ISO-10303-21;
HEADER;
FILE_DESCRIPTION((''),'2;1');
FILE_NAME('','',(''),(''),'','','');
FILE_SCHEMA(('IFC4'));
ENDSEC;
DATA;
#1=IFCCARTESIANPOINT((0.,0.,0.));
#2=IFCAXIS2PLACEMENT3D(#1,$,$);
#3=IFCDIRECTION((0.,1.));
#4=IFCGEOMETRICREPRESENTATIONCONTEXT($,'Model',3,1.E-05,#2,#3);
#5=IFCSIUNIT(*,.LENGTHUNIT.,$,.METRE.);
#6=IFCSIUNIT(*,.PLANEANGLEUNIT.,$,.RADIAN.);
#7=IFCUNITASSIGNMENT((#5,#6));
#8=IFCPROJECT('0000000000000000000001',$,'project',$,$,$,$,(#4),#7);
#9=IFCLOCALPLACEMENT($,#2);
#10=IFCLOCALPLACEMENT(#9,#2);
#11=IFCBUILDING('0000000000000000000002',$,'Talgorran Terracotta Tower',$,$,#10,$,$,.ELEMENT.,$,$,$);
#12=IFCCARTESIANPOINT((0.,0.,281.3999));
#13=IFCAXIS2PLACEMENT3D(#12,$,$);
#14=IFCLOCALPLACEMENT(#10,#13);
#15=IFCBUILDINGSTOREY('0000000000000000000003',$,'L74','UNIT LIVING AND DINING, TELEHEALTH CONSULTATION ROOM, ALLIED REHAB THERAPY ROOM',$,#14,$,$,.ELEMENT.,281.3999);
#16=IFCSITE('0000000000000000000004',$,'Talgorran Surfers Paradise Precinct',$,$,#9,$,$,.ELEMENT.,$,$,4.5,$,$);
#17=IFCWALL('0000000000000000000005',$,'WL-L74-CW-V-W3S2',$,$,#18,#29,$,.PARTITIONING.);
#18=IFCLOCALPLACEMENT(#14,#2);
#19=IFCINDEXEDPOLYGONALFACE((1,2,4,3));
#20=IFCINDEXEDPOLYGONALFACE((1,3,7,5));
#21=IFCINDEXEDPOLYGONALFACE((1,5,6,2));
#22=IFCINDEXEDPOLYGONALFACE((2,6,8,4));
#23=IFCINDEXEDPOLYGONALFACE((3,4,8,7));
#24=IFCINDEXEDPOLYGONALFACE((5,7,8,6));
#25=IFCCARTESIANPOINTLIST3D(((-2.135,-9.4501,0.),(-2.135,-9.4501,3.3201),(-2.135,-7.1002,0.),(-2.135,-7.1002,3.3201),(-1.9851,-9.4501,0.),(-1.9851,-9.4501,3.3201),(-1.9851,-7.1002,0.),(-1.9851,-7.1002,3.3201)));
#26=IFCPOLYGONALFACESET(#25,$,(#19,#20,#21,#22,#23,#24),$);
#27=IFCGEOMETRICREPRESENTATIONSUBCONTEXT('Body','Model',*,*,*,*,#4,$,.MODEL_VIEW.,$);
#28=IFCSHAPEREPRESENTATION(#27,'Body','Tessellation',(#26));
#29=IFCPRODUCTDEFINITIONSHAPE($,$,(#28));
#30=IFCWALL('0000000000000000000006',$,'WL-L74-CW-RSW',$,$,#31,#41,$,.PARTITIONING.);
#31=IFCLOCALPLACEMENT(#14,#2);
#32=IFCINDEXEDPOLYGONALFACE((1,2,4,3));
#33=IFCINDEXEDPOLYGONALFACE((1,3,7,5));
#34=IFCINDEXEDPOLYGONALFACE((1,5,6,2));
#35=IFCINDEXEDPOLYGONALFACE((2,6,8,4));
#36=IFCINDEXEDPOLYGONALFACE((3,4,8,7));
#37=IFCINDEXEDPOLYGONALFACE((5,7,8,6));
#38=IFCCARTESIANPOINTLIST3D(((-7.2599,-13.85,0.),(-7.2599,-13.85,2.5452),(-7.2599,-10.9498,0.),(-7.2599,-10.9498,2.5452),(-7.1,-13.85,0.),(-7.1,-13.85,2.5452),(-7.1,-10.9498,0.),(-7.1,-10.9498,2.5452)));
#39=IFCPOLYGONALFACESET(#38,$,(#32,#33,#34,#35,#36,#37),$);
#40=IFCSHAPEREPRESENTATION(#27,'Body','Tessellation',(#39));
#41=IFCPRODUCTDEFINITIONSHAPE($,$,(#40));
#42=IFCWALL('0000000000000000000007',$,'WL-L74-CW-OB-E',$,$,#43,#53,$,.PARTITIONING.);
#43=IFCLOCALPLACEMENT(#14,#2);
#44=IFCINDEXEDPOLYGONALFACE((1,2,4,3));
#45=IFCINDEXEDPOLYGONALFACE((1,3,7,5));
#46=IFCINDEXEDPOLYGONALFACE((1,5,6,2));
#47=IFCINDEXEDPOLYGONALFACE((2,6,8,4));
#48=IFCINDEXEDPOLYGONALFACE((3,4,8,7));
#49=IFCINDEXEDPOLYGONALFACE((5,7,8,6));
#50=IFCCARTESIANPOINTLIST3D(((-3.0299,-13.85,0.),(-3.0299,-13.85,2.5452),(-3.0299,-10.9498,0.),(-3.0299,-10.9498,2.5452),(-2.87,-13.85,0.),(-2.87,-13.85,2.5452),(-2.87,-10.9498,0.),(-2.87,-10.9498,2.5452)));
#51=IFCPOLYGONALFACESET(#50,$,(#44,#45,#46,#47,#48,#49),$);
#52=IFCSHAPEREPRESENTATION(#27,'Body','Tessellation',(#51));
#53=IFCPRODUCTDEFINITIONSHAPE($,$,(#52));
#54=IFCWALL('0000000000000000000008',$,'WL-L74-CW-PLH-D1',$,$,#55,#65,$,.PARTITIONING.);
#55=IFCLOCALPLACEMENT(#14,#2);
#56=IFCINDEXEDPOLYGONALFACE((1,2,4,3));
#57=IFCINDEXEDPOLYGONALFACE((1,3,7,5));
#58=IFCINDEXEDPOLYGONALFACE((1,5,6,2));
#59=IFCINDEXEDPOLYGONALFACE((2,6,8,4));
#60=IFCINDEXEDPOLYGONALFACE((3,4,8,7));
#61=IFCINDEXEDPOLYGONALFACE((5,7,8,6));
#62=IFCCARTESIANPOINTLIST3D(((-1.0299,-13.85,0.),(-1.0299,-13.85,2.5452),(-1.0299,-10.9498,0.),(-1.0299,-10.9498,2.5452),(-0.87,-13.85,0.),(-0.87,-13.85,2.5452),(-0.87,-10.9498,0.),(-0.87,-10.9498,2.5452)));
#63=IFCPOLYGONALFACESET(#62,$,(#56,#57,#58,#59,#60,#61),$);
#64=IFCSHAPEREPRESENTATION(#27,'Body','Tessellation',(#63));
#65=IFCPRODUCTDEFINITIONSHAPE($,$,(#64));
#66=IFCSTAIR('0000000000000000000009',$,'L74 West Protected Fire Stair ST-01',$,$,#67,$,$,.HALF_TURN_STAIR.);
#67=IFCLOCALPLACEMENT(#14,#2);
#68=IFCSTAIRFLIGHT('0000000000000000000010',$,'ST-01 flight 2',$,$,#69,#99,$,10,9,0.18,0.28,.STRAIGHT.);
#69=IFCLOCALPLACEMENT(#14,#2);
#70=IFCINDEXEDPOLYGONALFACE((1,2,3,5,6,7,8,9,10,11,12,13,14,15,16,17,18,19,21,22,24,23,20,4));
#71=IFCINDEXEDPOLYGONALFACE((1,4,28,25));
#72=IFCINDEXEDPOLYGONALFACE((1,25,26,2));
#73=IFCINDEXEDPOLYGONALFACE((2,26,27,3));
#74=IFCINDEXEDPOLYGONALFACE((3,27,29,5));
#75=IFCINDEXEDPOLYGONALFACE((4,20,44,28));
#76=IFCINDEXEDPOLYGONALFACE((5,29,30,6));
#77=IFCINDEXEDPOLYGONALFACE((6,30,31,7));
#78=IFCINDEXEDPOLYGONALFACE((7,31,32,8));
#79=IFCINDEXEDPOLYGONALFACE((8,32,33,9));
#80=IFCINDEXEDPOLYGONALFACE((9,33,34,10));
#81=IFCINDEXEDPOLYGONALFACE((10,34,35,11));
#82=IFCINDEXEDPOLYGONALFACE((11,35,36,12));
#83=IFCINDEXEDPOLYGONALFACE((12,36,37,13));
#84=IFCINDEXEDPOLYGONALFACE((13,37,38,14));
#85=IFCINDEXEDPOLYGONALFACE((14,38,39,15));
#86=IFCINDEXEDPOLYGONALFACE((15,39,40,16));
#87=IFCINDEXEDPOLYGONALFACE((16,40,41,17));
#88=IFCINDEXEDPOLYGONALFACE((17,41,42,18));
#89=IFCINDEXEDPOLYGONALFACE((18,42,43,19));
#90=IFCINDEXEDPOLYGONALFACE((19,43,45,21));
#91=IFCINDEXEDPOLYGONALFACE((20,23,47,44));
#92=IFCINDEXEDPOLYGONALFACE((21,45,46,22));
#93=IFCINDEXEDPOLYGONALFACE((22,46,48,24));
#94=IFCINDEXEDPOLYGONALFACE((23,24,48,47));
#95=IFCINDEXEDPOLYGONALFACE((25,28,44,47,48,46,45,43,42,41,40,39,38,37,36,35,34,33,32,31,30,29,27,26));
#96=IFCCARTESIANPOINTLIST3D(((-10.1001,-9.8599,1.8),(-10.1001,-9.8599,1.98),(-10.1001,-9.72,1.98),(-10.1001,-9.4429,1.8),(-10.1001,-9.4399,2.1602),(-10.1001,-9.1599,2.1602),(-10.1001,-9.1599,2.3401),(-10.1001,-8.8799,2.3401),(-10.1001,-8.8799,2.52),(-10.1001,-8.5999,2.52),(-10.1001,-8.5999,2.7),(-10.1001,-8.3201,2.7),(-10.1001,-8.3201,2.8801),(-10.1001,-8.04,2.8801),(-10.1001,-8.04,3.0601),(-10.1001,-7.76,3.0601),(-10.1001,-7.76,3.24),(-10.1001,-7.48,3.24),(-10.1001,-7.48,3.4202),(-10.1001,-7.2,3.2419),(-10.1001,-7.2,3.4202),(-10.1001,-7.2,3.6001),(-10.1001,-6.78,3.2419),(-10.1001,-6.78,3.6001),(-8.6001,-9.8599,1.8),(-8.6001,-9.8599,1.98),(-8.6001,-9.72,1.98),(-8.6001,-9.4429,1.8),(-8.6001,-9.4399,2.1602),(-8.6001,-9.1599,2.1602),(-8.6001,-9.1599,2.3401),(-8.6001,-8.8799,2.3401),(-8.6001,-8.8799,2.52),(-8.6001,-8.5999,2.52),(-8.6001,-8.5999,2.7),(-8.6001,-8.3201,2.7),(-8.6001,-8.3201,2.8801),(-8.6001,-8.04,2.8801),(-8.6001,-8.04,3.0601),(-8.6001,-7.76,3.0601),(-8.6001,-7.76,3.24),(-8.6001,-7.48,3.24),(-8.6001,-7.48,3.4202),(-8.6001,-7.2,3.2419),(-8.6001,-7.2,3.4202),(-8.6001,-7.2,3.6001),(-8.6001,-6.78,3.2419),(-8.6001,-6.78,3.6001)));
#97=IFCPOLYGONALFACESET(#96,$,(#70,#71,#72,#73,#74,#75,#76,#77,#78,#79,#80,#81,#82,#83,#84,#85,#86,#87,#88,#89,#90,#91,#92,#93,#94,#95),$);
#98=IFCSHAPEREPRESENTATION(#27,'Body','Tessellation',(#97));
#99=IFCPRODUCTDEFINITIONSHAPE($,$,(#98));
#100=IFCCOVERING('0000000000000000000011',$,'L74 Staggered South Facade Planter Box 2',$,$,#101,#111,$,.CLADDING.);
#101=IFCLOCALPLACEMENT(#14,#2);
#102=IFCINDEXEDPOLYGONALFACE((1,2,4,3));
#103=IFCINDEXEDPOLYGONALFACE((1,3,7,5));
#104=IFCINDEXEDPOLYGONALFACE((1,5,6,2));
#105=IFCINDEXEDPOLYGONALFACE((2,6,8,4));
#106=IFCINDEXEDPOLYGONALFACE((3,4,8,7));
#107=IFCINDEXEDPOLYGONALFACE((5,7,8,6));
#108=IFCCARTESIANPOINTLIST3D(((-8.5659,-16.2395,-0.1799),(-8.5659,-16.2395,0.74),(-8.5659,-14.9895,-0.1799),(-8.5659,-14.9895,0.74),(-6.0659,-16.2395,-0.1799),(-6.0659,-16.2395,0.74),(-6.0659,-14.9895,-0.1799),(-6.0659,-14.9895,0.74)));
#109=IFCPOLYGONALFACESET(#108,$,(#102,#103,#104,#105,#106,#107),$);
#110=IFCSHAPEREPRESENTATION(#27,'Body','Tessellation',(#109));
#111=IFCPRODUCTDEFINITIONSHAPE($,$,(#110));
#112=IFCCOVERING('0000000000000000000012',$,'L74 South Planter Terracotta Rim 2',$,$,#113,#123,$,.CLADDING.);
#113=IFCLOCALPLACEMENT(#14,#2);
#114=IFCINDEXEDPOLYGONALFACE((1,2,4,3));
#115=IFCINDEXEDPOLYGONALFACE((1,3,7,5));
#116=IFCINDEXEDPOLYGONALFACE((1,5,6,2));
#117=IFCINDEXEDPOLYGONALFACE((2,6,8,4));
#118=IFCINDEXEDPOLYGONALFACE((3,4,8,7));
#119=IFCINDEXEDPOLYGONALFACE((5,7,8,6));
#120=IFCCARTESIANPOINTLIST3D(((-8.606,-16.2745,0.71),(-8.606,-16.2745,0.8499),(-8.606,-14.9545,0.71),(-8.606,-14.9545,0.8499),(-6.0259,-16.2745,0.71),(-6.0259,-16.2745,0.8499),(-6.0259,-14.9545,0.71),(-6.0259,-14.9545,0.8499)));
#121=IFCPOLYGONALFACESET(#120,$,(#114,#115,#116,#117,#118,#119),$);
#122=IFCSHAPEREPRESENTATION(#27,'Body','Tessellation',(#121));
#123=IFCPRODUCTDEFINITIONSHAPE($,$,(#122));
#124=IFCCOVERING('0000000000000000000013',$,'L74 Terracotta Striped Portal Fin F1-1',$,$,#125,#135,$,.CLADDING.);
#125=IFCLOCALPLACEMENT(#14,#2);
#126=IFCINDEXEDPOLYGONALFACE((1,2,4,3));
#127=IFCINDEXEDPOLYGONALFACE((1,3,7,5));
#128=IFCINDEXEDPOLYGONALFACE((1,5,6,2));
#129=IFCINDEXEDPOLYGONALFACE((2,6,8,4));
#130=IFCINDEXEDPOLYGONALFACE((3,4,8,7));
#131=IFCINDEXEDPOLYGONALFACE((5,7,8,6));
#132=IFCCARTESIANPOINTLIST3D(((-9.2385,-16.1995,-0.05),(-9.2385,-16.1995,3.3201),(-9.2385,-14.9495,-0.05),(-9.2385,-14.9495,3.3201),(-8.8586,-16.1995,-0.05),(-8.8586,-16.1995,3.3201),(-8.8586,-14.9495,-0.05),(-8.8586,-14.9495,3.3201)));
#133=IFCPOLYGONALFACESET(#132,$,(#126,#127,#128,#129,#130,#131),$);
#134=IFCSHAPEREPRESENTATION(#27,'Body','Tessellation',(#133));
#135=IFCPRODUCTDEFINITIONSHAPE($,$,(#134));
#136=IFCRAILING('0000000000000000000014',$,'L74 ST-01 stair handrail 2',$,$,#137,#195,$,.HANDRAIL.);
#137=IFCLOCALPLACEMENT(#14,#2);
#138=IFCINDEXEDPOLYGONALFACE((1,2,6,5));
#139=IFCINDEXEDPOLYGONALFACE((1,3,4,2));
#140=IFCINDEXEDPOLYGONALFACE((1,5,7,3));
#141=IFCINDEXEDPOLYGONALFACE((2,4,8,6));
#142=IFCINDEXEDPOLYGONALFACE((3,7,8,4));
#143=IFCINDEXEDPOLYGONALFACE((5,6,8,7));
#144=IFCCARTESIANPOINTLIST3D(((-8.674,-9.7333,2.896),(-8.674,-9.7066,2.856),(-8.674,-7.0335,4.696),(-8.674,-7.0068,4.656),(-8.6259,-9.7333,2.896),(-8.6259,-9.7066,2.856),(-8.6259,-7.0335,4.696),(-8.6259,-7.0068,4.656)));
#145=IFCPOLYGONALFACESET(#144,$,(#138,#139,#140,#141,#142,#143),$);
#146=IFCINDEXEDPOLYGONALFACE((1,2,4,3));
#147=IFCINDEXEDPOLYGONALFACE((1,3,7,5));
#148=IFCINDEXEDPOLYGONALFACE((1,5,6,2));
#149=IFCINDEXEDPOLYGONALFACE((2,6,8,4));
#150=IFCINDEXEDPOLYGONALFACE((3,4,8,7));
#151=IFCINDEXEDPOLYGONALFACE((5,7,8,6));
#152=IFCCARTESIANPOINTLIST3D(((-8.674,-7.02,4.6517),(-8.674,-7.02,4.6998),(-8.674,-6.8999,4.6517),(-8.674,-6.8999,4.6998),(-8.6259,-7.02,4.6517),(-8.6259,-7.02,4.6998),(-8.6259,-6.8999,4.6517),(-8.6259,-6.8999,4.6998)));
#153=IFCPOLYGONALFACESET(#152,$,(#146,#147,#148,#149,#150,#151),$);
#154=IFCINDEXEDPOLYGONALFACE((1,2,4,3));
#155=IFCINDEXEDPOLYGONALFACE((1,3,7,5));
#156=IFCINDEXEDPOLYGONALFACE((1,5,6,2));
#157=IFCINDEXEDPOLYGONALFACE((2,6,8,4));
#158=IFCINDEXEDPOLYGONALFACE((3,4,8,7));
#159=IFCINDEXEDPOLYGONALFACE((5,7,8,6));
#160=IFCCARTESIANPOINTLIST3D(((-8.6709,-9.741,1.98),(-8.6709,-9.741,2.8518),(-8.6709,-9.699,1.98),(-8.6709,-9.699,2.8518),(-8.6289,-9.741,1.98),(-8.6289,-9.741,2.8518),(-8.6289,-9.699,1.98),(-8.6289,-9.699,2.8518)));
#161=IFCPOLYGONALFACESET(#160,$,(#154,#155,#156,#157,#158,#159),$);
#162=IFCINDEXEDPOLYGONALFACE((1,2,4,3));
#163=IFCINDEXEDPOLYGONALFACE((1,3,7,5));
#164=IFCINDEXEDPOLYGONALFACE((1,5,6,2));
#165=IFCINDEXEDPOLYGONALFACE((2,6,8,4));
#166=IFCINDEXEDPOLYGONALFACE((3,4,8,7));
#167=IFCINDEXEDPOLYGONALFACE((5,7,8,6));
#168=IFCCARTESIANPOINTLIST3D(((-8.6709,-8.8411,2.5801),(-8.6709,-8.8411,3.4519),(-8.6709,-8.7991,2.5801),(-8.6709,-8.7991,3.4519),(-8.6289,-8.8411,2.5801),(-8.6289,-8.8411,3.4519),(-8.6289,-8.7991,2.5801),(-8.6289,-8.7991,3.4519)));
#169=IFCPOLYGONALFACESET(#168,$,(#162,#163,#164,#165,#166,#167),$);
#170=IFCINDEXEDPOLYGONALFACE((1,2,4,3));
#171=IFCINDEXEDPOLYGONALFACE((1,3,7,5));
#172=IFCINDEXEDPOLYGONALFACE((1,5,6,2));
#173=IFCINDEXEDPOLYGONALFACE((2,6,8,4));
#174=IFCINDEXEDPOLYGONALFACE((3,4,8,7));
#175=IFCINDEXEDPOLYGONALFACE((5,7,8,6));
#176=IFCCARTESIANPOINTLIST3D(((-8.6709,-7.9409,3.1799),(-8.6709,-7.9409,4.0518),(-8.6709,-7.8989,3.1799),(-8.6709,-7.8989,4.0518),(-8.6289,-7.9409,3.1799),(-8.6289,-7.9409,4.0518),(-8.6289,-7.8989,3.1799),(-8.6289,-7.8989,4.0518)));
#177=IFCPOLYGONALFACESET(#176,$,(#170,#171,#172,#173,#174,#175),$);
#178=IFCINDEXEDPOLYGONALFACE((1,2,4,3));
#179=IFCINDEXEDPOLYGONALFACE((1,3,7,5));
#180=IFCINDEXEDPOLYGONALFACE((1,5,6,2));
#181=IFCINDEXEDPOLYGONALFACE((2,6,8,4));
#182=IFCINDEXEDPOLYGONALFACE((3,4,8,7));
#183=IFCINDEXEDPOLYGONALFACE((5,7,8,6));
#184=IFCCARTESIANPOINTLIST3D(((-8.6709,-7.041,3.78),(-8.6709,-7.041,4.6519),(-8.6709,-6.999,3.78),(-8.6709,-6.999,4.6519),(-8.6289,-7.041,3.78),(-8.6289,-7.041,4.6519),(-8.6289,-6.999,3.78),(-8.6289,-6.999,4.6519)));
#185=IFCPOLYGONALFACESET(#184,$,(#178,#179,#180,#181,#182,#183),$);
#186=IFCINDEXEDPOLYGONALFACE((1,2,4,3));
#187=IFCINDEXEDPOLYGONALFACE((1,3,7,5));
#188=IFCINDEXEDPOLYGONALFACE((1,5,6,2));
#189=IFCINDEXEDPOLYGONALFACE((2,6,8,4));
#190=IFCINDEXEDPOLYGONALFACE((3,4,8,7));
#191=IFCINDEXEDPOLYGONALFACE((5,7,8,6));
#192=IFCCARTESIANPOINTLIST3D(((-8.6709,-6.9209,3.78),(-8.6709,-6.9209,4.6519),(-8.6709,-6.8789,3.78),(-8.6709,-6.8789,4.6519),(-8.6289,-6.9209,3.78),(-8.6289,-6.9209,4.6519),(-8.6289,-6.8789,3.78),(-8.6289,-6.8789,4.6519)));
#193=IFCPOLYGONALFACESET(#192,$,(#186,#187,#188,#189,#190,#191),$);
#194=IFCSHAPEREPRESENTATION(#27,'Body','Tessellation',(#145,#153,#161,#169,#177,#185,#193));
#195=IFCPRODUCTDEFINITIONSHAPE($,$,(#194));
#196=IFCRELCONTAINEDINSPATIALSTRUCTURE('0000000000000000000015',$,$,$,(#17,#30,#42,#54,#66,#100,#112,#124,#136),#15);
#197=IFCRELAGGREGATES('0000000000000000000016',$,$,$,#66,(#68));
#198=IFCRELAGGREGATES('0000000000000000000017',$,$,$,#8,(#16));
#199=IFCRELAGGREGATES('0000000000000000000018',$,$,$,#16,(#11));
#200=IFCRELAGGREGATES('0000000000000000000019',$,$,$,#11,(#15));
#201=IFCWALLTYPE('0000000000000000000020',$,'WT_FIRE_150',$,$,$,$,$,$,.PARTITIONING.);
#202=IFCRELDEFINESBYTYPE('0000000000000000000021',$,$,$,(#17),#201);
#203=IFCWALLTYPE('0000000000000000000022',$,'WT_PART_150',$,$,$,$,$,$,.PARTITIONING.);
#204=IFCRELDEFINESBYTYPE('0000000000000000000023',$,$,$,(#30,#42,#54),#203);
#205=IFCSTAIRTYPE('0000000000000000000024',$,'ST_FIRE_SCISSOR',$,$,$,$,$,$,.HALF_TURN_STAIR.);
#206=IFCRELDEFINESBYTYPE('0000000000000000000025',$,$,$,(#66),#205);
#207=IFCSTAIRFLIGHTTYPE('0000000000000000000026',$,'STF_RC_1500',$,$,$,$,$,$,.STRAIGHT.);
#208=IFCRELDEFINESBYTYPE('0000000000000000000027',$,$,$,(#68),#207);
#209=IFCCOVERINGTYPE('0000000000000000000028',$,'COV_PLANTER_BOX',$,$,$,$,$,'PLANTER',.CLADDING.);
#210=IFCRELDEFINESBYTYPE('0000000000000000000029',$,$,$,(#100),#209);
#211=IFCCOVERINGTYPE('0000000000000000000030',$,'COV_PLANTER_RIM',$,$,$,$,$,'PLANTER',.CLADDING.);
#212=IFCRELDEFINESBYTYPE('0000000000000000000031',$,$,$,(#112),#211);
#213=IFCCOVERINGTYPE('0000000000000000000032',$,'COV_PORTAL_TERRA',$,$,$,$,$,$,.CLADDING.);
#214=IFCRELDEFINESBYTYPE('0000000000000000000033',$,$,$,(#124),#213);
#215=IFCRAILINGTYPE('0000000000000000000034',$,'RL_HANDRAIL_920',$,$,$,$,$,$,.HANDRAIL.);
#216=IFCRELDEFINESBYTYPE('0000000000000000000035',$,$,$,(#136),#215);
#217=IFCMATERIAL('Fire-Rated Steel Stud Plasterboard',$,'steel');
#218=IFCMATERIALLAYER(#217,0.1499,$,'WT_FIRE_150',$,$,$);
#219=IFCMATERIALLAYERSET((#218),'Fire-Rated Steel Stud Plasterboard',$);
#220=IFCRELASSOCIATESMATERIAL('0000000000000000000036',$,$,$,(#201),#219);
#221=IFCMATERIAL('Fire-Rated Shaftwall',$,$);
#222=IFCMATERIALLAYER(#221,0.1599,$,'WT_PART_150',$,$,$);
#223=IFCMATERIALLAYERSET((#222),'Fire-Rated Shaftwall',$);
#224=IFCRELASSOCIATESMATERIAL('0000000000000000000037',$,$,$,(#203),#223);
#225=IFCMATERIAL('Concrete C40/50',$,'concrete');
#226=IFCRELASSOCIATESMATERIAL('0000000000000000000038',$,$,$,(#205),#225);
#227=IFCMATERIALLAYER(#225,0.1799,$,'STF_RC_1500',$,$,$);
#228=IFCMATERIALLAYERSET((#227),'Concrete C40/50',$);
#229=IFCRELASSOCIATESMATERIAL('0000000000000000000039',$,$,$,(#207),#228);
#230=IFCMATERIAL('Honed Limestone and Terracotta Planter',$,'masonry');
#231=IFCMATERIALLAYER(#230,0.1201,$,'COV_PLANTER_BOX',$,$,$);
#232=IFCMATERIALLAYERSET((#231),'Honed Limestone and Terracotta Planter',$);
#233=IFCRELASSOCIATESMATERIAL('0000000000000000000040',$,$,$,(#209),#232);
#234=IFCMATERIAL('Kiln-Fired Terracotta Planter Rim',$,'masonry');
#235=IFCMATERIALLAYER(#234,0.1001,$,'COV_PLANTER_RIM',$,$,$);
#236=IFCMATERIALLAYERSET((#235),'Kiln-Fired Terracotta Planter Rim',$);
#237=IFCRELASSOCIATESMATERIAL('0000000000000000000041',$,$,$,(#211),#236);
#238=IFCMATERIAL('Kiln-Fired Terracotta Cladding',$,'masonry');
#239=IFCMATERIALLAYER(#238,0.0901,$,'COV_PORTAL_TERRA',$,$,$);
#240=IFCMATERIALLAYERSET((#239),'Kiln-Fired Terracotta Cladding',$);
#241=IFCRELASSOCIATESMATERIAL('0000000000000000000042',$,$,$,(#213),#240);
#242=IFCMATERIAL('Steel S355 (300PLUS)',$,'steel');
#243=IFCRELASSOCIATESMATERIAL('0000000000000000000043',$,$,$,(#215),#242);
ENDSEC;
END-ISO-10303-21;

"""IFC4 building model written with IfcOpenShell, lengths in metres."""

from ifc_helpers import new_model, si_unit, direction, frame, frame_2d, origin, origin_2d, place, context, subcontext, project, spatial, polyline, rectangle, outline, extrude, material, layer, layer_set, type_object, element, aggregate, save


model = new_model("IFC4")

# Units and contexts
model_context = context("Model", 3, precision=1e-05, world=origin(), true_north=direction((0.0, 1.0)))
body_context = subcontext(model_context, "Body", "Model", "MODEL_VIEW")
ifc_project = project(units=[si_unit("LENGTHUNIT", "METRE"), si_unit("PLANEANGLEUNIT", "RADIAN")], contexts=[model_context])

# Site, building, storey
site_placement = place(None, origin())
site = spatial("IfcSite", under=ifc_project, at=site_placement, Name="Talgorran Surfers Paradise Precinct", CompositionType="ELEMENT", RefElevation=4.5)
building_placement = place(site_placement, origin())
building = spatial("IfcBuilding", under=site, at=building_placement, Name="Talgorran Terracotta Tower", CompositionType="ELEMENT")
storey_placement = place(building_placement, frame((0.0, 0.0, 281.3999)))
storey = spatial("IfcBuildingStorey", under=building, at=storey_placement, Name="L74", Description="UNIT LIVING AND DINING, TELEHEALTH CONSULTATION ROOM, ALLIED REHAB THERAPY ROOM", CompositionType="ELEMENT", Elevation=281.3999)

# Walls
ifc_material_1 = material(Name="Fire-Rated Steel Stud Plasterboard", Category="steel")
ifc_layer_1 = layer(ifc_material_1, 0.1499, Name="WT_FIRE_150")
ifc_layer_set_1 = layer_set([ifc_layer_1], Name="Fire-Rated Steel Stud Plasterboard")
wall_type_1 = type_object("IfcWallType", Name="WT_FIRE_150", PredefinedType="PARTITIONING", material=ifc_layer_set_1)
wall_1_placement = place(storey_placement, frame((-2.0601, -9.45, 0.0), z_axis=(0.0, 0.0, 1.0), x_axis=(0.0, 1.0, 0.0)))
element("IfcWall", 1, at=wall_1_placement, inside=storey, type_object=wall_type_1, Name="WL-L74-CW-V-W3S2", PredefinedType="PARTITIONING", context=body_context, shape_type="SweptSolid", body=[
    extrude(rectangle(XDim=2.3499, YDim=0.1499, at=frame_2d((1.1748, 0.0))), origin(), (0.0, 0.0, 1.0), 3.3201),
])
ifc_material_2 = material(Name="Fire-Rated Shaftwall")
ifc_layer_2 = layer(ifc_material_2, 0.1599, Name="WT_PART_150")
ifc_layer_set_2 = layer_set([ifc_layer_2], Name="Fire-Rated Shaftwall")
wall_type_2 = type_object("IfcWallType", Name="WT_PART_150", PredefinedType="PARTITIONING", material=ifc_layer_set_2)
for number, where, z_axis, x_axis, name in (
    (2, (-7.1799, -13.8501, 0.0), (0.0, 0.0, 1.0), (0.0, 1.0, 0.0), "WL-L74-CW-RSW"),
    (3, (-2.95, -13.8501, 0.0), (0.0, 0.0, 1.0), (0.0, 1.0, 0.0), "WL-L74-CW-OB-E"),
    (4, (-0.95, -13.8501, 0.0), (0.0, 0.0, 1.0), (0.0, 1.0, 0.0), "WL-L74-CW-PLH-D1"),
):
    element("IfcWall", number, at=place(storey_placement, frame(where, z_axis=z_axis, x_axis=x_axis)), inside=storey, type_object=wall_type_2, Name=name, PredefinedType="PARTITIONING", context=body_context, shape_type="SweptSolid", body=[
        extrude(rectangle(XDim=2.9001, YDim=0.1599, at=frame_2d((1.4502, 0.0))), origin(), (0.0, 0.0, 1.0), 2.5452),
    ])

# Stair, stair flight
ifc_material_3 = material(Name="Concrete C40/50", Category="concrete")
stair_type = type_object("IfcStairType", Name="ST_FIRE_SCISSOR", PredefinedType="HALF_TURN_STAIR", material=ifc_material_3)
stair_placement = place(storey_placement, origin())
stair = element("IfcStair", 5, at=stair_placement, inside=storey, type_object=stair_type, Name="L74 West Protected Fire Stair ST-01", PredefinedType="HALF_TURN_STAIR")
ifc_layer_3 = layer(ifc_material_3, 0.1799, Name="STF_RC_1500")
ifc_layer_set_3 = layer_set([ifc_layer_3], Name="Concrete C40/50")
stair_flight_type = type_object("IfcStairFlightType", Name="STF_RC_1500", PredefinedType="STRAIGHT", material=ifc_layer_set_3)
stair_flight_placement = place(storey_placement, frame((-9.3501, -9.72, 1.8), z_axis=(0.0, 0.0, 1.0), x_axis=(0.0, 1.0, 0.0)))
stair_flight = element("IfcStairFlight", 6, at=stair_flight_placement, type_object=stair_flight_type, Name="ST-01 flight 2", NumberOfRisers=10, NumberOfTreads=9, PredefinedType="STRAIGHT", RiserHeight=0.18, TreadLength=0.28, context=body_context, shape_type="SweptSolid", body=[
    extrude(outline(polyline([(-0.1399, 0.0), (-0.1399, 0.1799), (0.0, 0.1799), (0.28, 0.3601), (0.5601, 0.3601), (0.5601, 0.54), (0.8401, 0.54), (0.8401, 0.72), (1.1201, 0.72), (1.1201, 0.8999), (1.3999, 0.8999), (1.3999, 1.0801), (1.6799, 1.0801), (1.6799, 1.26), (1.96, 1.26), (1.96, 1.4399), (2.24, 1.4399), (2.24, 1.6201), (2.52, 1.6201), (2.52, 1.8), (2.9399, 1.8), (2.9399, 1.4419), (2.52, 1.4419), (0.2771, 0.0), (-0.1399, 0.0)])), frame((0.0, 0.75, 0.0), z_axis=(0.0, -1.0, 0.0), x_axis=(1.0, 0.0, 0.0)), (0.0, 0.0, 1.0), 1.5),
])
aggregate(stair, [stair_flight])

# Coverings
ifc_material_4 = material(Name="Honed Limestone and Terracotta Planter", Category="masonry")
ifc_layer_4 = layer(ifc_material_4, 0.1201, Name="COV_PLANTER_BOX")
ifc_layer_set_4 = layer_set([ifc_layer_4], Name="Honed Limestone and Terracotta Planter")
covering_type_1 = type_object("IfcCoveringType", Name="COV_PLANTER_BOX", ElementType="PLANTER", PredefinedType="CLADDING", material=ifc_layer_set_4)
covering_1_placement = place(storey_placement, frame((-7.3159, -15.6145, -0.1799), z_axis=(0.0, 0.0, 1.0), x_axis=(1.0, 0.0, 0.0)))
element("IfcCovering", 7, at=covering_1_placement, inside=storey, type_object=covering_type_1, Name="L74 Staggered South Facade Planter Box 2", PredefinedType="CLADDING", context=body_context, shape_type="SweptSolid", body=[
    extrude(rectangle(XDim=2.5, YDim=1.25, at=origin_2d()), origin(), (0.0, 0.0, 1.0), 0.9199),
])
ifc_material_5 = material(Name="Kiln-Fired Terracotta Planter Rim", Category="masonry")
ifc_layer_5 = layer(ifc_material_5, 0.1001, Name="COV_PLANTER_RIM")
ifc_layer_set_5 = layer_set([ifc_layer_5], Name="Kiln-Fired Terracotta Planter Rim")
covering_type_2 = type_object("IfcCoveringType", Name="COV_PLANTER_RIM", ElementType="PLANTER", PredefinedType="CLADDING", material=ifc_layer_set_5)
covering_2_placement = place(storey_placement, frame((-7.3159, -15.6145, 0.71), z_axis=(0.0, 0.0, 1.0), x_axis=(1.0, 0.0, 0.0)))
element("IfcCovering", 8, at=covering_2_placement, inside=storey, type_object=covering_type_2, Name="L74 South Planter Terracotta Rim 2", PredefinedType="CLADDING", context=body_context, shape_type="SweptSolid", body=[
    extrude(rectangle(XDim=2.5801, YDim=1.3201, at=origin_2d()), origin(), (0.0, 0.0, 1.0), 0.1399),
])
ifc_material_6 = material(Name="Kiln-Fired Terracotta Cladding", Category="masonry")
ifc_layer_6 = layer(ifc_material_6, 0.0901, Name="COV_PORTAL_TERRA")
ifc_layer_set_6 = layer_set([ifc_layer_6], Name="Kiln-Fired Terracotta Cladding")
covering_type_3 = type_object("IfcCoveringType", Name="COV_PORTAL_TERRA", PredefinedType="CLADDING", material=ifc_layer_set_6)
covering_3_placement = place(storey_placement, frame((-9.0486, -15.5745, -0.05), z_axis=(0.0, 0.0, 1.0), x_axis=(1.0, 0.0, 0.0)))
element("IfcCovering", 9, at=covering_3_placement, inside=storey, type_object=covering_type_3, Name="L74 Terracotta Striped Portal Fin F1-1", PredefinedType="CLADDING", context=body_context, shape_type="SweptSolid", body=[
    extrude(rectangle(XDim=0.3799, YDim=1.25, at=origin_2d()), origin(), (0.0, 0.0, 1.0), 3.3701),
])

# Railing
ifc_material_7 = material(Name="Steel S355 (300PLUS)", Category="steel")
railing_type_1 = type_object("IfcRailingType", Name="RL_HANDRAIL_920", PredefinedType="HANDRAIL", material=ifc_material_7)
railing_1_placement = place(storey_placement, frame((-8.6499, -9.72, 1.98)))
element("IfcRailing", 10, at=railing_1_placement, inside=storey, type_object=railing_type_1, Name="L74 ST-01 stair handrail 2", PredefinedType="HANDRAIL", context=body_context, shape_type="SweptSolid", body=[
    extrude(rectangle(XDim=0.0481, YDim=0.0481, at=origin_2d()), frame((0.0, 0.0, 0.896), z_axis=(0.0, 0.832039, 0.554718), x_axis=(-1.0, 0.0, 0.0)), (0.0, 0.0, 1.0), 3.2449),
    extrude(rectangle(XDim=0.0481, YDim=0.0481, at=origin_2d()), frame((0.0, 2.7, 2.6958), z_axis=(0.0, 1.0, 0.0), x_axis=(-1.0, 0.0, 0.0)), (0.0, 0.0, 1.0), 0.1201),
    extrude(rectangle(XDim=0.042, YDim=0.042, at=origin_2d()), origin(), (0.0, 0.0, 1.0), 0.8718),
    extrude(rectangle(XDim=0.042, YDim=0.042, at=origin_2d()), frame((0.0, 0.8999, 0.6001)), (0.0, 0.0, 1.0), 0.8718),
    extrude(rectangle(XDim=0.042, YDim=0.042, at=origin_2d()), frame((0.0, 1.8, 1.2)), (0.0, 0.0, 1.0), 0.8718),
    extrude(rectangle(XDim=0.042, YDim=0.042, at=origin_2d()), frame((0.0, 2.7, 1.8)), (0.0, 0.0, 1.0), 0.8718),
    extrude(rectangle(XDim=0.042, YDim=0.042, at=origin_2d()), frame((0.0, 2.8201, 1.8)), (0.0, 0.0, 1.0), 0.8718),
])

save(model, "model.ifc")
